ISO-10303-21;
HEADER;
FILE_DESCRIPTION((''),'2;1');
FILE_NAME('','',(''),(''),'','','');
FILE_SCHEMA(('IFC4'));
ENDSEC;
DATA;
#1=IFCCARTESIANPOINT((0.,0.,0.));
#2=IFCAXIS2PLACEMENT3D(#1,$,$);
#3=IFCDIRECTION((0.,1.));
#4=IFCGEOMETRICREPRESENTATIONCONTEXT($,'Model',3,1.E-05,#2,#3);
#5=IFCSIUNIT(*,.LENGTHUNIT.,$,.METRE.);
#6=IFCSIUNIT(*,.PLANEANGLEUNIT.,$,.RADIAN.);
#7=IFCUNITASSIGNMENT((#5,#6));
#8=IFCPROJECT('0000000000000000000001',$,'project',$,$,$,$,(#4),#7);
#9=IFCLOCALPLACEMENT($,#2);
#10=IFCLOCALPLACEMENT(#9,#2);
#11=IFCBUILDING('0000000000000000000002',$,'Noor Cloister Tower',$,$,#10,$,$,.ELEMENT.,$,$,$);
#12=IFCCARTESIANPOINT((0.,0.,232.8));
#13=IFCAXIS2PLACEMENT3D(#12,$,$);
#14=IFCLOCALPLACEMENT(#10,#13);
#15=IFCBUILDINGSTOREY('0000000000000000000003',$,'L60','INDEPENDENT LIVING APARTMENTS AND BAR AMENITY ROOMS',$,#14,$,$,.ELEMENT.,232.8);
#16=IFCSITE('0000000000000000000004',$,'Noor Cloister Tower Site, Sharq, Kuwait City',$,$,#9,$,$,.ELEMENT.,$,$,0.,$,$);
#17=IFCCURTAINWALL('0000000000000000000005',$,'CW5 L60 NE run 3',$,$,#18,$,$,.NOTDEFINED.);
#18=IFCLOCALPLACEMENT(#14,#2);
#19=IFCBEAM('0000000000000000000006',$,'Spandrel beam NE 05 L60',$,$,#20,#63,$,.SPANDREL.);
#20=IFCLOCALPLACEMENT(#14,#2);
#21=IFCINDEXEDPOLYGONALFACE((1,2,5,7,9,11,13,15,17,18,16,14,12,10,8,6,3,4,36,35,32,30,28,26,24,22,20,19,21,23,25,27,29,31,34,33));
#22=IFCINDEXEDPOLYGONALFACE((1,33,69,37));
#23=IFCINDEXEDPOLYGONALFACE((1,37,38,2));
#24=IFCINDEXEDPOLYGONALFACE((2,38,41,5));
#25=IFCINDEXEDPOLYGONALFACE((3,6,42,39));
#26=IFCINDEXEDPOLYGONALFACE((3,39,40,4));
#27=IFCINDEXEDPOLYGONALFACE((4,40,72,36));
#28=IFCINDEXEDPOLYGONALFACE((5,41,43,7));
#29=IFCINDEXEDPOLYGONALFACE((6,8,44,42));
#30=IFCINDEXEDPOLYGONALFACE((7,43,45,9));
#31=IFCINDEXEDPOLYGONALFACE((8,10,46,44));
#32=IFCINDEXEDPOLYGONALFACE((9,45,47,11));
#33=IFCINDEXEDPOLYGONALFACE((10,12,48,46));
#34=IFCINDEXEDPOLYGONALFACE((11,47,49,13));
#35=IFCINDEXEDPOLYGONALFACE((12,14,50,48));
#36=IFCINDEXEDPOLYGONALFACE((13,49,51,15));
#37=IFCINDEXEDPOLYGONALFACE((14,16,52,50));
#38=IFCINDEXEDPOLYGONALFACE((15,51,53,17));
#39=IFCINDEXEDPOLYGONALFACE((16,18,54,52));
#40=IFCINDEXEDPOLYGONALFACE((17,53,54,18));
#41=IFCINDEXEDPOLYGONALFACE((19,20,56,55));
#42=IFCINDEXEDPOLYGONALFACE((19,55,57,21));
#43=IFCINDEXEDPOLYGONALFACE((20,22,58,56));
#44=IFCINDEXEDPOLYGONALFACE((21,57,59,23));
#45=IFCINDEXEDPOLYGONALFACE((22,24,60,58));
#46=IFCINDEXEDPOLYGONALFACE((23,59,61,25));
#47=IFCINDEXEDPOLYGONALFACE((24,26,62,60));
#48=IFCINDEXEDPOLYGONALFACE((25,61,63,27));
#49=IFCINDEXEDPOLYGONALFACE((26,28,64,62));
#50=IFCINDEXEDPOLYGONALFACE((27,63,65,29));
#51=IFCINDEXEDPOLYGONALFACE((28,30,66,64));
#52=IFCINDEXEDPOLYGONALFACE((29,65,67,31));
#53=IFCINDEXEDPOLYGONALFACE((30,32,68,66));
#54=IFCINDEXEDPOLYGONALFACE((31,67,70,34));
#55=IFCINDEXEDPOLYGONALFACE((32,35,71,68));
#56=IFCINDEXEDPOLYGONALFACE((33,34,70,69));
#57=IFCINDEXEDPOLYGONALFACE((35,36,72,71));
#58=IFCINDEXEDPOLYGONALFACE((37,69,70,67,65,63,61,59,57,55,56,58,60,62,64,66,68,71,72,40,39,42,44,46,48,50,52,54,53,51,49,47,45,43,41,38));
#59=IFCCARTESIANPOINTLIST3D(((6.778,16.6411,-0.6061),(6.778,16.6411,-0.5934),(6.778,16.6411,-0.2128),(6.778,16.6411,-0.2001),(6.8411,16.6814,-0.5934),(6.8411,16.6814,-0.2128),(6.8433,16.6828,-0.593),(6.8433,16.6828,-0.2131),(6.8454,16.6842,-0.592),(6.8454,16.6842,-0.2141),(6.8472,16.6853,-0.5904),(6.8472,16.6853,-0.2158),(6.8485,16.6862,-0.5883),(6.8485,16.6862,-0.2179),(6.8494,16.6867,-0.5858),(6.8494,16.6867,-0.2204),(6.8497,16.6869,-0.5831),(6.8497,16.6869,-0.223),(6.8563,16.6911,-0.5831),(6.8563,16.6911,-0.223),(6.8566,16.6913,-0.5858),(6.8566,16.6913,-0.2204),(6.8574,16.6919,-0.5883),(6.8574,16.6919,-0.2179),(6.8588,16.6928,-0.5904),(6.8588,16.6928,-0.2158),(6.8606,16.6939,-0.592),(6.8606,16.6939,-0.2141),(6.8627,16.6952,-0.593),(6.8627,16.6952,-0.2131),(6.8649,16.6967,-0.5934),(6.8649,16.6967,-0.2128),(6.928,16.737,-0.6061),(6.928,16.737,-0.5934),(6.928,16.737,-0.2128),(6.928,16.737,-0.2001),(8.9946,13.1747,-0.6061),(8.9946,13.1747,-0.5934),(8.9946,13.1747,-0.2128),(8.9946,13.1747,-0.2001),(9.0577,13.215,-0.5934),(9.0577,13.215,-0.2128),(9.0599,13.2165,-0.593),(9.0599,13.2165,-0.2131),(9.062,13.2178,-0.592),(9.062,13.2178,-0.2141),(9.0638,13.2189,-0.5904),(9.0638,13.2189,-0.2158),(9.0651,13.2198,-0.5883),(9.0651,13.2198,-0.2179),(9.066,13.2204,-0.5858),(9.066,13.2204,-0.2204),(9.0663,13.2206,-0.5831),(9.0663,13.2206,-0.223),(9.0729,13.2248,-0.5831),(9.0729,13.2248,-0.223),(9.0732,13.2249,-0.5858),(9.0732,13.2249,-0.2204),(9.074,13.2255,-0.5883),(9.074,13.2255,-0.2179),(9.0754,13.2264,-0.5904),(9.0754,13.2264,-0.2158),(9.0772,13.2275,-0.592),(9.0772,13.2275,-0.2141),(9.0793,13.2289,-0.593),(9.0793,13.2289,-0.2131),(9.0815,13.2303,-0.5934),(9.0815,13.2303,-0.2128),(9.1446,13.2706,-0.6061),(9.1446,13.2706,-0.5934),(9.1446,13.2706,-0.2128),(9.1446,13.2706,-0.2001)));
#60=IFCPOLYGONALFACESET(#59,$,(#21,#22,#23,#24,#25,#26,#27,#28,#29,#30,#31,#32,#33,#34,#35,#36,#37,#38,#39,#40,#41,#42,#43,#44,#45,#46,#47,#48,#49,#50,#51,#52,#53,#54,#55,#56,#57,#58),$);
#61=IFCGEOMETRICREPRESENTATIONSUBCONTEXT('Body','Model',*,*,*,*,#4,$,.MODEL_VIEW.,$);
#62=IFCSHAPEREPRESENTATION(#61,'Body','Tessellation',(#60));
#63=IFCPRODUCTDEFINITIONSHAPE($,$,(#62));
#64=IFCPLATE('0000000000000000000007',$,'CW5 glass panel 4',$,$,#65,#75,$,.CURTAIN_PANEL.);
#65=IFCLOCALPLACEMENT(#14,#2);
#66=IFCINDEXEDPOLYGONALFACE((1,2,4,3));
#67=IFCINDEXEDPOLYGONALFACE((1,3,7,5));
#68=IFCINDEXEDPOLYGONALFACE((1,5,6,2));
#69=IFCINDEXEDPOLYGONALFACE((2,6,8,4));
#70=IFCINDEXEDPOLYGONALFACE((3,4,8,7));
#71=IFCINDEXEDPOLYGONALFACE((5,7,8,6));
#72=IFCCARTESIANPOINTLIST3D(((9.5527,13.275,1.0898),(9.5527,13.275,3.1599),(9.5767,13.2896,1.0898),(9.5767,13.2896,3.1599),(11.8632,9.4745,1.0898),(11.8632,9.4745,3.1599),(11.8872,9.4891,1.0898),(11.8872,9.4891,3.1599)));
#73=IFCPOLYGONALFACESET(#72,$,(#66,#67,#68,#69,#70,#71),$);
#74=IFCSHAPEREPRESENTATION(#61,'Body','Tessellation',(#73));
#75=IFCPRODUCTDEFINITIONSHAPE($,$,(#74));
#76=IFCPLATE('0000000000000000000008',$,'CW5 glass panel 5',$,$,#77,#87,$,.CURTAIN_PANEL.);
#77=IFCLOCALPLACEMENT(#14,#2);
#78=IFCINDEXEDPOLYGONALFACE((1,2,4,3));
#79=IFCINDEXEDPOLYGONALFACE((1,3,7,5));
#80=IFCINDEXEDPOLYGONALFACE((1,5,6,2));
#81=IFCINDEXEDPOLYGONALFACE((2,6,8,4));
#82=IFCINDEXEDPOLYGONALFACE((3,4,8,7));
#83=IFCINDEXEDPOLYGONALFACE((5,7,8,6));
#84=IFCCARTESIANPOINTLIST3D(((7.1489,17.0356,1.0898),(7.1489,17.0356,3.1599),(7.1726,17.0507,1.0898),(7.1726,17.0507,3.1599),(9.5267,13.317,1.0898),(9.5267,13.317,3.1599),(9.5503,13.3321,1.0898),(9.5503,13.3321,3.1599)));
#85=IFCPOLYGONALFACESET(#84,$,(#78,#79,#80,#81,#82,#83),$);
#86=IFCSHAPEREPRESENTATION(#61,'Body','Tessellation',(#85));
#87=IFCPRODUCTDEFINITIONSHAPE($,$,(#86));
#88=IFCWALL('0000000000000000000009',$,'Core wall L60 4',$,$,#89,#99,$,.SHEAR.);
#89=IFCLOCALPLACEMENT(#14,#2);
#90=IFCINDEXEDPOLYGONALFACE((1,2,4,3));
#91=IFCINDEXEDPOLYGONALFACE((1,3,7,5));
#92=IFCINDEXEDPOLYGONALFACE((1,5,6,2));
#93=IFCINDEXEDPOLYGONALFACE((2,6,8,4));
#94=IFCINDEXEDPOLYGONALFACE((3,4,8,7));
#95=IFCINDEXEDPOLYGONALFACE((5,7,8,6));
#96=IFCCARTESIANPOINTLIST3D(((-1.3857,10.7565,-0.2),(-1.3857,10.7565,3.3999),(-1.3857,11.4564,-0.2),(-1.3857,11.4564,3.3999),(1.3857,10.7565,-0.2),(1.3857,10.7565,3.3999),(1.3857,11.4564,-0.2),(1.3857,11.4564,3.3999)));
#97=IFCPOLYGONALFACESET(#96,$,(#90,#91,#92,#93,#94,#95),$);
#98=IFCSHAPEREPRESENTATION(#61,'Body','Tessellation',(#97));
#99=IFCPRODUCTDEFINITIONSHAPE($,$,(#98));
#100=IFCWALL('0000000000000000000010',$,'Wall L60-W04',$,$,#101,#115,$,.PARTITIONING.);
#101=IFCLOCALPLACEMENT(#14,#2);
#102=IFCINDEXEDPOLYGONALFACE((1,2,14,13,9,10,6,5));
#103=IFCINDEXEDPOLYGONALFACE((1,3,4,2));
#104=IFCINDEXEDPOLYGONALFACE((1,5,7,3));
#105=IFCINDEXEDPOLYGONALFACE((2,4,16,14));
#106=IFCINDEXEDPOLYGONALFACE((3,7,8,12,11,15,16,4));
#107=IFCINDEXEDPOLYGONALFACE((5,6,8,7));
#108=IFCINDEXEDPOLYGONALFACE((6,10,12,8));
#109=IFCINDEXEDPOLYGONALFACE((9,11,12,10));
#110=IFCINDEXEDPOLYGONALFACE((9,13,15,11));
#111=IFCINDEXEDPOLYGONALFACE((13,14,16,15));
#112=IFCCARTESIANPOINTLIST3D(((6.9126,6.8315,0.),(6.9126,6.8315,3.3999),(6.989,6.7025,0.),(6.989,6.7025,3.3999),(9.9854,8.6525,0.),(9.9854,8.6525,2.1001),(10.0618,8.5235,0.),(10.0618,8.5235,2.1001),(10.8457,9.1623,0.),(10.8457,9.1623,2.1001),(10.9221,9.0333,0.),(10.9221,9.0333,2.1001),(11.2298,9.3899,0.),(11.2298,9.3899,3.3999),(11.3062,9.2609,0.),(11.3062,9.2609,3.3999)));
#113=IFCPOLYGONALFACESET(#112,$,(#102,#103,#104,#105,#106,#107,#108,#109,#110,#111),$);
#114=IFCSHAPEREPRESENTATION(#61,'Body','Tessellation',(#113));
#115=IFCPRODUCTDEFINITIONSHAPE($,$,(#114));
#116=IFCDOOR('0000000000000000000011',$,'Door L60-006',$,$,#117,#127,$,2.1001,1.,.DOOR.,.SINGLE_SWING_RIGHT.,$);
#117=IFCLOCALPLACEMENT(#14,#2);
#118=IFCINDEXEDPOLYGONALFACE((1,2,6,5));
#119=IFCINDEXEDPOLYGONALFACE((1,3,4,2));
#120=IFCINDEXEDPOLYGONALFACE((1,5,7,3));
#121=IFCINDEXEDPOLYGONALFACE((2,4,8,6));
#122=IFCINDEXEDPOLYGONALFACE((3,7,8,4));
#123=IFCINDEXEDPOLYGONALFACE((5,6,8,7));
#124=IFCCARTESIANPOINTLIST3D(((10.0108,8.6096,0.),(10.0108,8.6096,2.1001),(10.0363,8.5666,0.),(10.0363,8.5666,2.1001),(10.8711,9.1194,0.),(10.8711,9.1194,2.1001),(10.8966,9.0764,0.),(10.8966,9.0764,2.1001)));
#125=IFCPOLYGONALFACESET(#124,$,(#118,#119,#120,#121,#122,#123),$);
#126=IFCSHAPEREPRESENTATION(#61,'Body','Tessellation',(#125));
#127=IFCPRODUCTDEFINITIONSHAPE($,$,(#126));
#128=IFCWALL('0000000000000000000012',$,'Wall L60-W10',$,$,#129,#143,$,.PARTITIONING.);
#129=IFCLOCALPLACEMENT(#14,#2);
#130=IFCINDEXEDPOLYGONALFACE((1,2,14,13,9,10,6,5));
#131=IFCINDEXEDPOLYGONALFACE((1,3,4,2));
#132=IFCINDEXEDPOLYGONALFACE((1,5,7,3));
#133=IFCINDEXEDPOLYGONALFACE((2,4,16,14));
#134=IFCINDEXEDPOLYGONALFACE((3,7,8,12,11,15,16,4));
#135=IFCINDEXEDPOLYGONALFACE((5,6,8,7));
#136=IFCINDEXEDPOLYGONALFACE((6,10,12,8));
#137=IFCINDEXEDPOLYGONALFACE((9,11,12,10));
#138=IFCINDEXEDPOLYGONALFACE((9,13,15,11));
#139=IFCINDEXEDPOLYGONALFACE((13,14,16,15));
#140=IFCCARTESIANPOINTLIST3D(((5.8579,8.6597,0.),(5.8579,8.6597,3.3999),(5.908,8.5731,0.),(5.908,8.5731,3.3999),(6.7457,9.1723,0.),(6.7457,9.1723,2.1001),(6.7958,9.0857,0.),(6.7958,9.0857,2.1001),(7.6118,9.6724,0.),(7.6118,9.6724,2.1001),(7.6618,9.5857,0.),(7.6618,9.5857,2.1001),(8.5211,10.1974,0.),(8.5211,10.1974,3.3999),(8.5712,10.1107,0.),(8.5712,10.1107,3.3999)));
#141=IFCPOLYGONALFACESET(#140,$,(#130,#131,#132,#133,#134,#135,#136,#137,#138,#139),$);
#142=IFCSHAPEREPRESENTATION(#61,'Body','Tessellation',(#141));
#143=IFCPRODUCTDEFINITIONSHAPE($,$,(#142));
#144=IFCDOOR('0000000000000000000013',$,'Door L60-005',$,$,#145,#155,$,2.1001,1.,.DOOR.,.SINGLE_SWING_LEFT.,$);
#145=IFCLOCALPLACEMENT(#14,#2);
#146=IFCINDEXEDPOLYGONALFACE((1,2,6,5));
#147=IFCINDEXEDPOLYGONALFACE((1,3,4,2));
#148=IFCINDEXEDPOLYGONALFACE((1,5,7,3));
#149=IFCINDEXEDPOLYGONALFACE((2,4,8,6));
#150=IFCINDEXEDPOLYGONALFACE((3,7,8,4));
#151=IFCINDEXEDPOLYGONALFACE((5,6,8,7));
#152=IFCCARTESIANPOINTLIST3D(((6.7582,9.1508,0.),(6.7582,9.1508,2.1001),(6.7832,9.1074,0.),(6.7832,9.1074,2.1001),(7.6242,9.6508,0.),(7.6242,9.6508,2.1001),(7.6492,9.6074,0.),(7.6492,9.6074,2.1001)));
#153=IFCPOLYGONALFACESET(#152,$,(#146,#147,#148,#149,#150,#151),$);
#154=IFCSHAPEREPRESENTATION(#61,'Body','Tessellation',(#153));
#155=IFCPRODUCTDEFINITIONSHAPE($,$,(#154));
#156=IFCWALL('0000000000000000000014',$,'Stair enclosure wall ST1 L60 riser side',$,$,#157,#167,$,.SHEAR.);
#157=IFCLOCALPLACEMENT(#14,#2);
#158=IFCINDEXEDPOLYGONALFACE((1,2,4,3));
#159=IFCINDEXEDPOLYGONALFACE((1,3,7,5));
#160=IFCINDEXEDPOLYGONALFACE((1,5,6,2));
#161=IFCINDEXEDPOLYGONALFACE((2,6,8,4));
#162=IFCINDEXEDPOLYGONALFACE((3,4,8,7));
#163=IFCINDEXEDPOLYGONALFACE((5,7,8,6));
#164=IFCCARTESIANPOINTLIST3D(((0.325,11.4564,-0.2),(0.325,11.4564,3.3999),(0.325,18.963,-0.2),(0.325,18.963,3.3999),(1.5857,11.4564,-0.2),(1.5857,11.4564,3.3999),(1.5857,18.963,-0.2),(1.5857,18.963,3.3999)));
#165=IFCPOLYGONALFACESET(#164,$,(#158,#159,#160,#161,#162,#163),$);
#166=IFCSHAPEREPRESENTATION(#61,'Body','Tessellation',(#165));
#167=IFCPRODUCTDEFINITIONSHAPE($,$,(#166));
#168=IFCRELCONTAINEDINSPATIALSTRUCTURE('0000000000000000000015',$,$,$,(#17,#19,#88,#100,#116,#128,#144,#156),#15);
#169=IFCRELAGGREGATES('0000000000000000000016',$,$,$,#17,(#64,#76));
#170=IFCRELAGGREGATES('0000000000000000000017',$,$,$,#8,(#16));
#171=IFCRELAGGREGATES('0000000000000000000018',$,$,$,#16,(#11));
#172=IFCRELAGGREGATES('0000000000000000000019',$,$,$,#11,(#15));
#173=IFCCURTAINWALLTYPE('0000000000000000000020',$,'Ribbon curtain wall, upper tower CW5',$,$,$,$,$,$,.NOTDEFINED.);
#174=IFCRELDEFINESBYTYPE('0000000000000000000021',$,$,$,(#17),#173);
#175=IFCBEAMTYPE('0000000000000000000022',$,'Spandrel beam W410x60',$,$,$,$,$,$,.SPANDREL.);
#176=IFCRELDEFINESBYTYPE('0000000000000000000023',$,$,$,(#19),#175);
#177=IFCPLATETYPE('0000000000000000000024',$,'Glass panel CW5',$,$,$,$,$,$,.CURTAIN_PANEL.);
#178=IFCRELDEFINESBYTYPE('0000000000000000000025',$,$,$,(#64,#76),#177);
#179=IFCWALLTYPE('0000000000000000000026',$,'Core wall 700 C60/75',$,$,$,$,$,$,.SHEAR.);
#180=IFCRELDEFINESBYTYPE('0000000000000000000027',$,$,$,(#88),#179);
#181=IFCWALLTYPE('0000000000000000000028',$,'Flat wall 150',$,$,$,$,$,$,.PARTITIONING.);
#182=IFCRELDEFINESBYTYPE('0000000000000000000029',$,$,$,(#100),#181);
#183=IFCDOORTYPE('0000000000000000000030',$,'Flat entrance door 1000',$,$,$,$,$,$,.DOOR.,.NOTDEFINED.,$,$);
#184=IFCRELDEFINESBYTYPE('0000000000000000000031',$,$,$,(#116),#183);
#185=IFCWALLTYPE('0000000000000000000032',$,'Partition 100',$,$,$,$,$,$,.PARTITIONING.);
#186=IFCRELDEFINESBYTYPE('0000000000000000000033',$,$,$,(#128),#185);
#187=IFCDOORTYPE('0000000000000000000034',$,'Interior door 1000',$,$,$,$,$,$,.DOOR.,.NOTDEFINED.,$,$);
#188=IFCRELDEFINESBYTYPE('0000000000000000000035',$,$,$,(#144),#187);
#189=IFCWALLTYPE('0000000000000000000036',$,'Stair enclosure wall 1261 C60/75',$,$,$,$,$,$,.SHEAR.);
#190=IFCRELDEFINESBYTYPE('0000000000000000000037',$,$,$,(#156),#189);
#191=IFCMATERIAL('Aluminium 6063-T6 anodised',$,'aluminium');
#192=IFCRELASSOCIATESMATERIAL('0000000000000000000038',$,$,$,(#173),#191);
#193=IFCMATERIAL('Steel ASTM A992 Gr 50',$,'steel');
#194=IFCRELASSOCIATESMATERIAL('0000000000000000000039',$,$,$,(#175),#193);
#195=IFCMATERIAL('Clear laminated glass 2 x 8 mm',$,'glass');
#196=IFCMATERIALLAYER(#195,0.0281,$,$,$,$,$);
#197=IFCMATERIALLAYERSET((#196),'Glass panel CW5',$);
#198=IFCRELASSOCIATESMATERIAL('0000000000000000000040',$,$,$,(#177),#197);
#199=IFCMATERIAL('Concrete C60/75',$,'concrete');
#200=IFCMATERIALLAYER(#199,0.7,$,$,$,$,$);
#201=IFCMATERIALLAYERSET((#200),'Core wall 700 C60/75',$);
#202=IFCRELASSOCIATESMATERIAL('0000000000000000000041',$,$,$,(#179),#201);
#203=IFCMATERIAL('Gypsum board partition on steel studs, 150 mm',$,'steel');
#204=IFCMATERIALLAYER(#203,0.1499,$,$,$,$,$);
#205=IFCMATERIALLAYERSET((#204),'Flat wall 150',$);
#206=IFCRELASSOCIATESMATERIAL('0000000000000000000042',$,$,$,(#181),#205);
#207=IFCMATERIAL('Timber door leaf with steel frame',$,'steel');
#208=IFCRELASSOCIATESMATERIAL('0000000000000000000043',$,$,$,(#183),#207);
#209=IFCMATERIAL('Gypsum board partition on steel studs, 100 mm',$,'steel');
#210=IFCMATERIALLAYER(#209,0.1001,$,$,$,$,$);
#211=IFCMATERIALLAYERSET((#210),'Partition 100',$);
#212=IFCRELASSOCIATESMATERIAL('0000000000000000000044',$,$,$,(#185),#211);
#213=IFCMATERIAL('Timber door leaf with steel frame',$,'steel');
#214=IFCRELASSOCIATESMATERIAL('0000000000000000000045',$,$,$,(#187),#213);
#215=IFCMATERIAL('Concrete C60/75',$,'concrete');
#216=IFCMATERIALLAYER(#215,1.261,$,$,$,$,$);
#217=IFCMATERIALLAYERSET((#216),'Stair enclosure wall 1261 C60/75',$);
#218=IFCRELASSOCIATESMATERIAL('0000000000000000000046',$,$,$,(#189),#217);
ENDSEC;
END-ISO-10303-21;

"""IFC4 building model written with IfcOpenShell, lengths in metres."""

from ifc_helpers import new_model, si_unit, direction, frame, frame_2d, origin, origin_2d, place, context, subcontext, project, spatial, rectangle, i_section, extrude, material, layer, layer_set, material_profile, profile_set, type_object, element, fill, aggregate, save


model = new_model("IFC4")

# Units and contexts
model_context = context("Model", 3, precision=1e-05, world=origin(), true_north=direction((0.0, 1.0)))
body_context = subcontext(model_context, "Body", "Model", "MODEL_VIEW")
ifc_project = project(units=[si_unit("LENGTHUNIT", "METRE"), si_unit("PLANEANGLEUNIT", "RADIAN")], contexts=[model_context])

# Site, building, storey
site_placement = place(None, origin())
site = spatial("IfcSite", under=ifc_project, at=site_placement, Name="Noor Cloister Tower Site, Sharq, Kuwait City", CompositionType="ELEMENT", RefElevation=0.0)
building_placement = place(site_placement, origin())
building = spatial("IfcBuilding", under=site, at=building_placement, Name="Noor Cloister Tower", CompositionType="ELEMENT")
storey_placement = place(building_placement, frame((0.0, 0.0, 232.8)))
storey = spatial("IfcBuildingStorey", under=building, at=storey_placement, Name="L60", Description="INDEPENDENT LIVING APARTMENTS AND BAR AMENITY ROOMS", CompositionType="ELEMENT", Elevation=232.8)

# Curtain wall
ifc_material_1 = material(Name="Aluminium 6063-T6 anodised", Category="aluminium")
curtain_wall_type = type_object("IfcCurtainWallType", Name="Ribbon curtain wall, upper tower CW5", PredefinedType="NOTDEFINED", material=ifc_material_1)
curtain_wall_placement = place(storey_placement, origin())
curtain_wall = element("IfcCurtainWall", 1, at=curtain_wall_placement, inside=storey, type_object=curtain_wall_type, Name="CW5 L60 NE run 3", PredefinedType="NOTDEFINED")

# Beam
ifc_material_2 = material(Name="Steel ASTM A992 Gr 50", Category="steel")
ifc_material_profile_1 = material_profile(ifc_material_2, i_section(OverallWidth=0.178, OverallDepth=0.406, WebThickness=0.0078, FlangeThickness=0.0127, FilletRadius=0.0103, at=origin_2d()), Name="W410x60")
ifc_profile_set_1 = profile_set([ifc_material_profile_1], Name="Steel ASTM A992 Gr 50")
beam_type_1 = type_object("IfcBeamType", Name="Spandrel beam W410x60", PredefinedType="SPANDREL", material=ifc_profile_set_1)
for number, where, z_axis, x_axis, name in (
    (2, (9.0696, 13.2227, -0.4031), (-0.538729, 0.842479, 0.0), (-0.842479, -0.538729, 0.0), "Spandrel beam NE 05 L60"),
):
    element("IfcBeam", number, at=place(storey_placement, frame(where, z_axis=z_axis, x_axis=x_axis)), inside=storey, type_object=beam_type_1, Name=name, PredefinedType="SPANDREL", context=body_context, shape_type="SweptSolid", body=[
        extrude(i_section(OverallWidth=0.178, OverallDepth=0.406, WebThickness=0.0078, FlangeThickness=0.0127, FilletRadius=0.0103, at=origin_2d()), origin(), (0.0, 0.0, 1.0), 4.1145),
    ])

# Plates
ifc_material_3 = material(Name="Clear laminated glass 2 x 8 mm", Category="glass")
ifc_layer_1 = layer(ifc_material_3, 0.0281)
ifc_layer_set_1 = layer_set([ifc_layer_1], Name="Glass panel CW5")
plate_type = type_object("IfcPlateType", Name="Glass panel CW5", PredefinedType="CURTAIN_PANEL", material=ifc_layer_set_1)
plate_1_placement = place(storey_placement, frame((10.72, 11.3821, 1.0898), z_axis=(0.0, 0.0, 1.0), x_axis=(-0.519486, 0.854479, 0.0)))
plate_1 = element("IfcPlate", 3, at=plate_1_placement, type_object=plate_type, Name="CW5 glass panel 4", PredefinedType="CURTAIN_PANEL", context=body_context, shape_type="SweptSolid", body=[
    extrude(rectangle(XDim=4.4478, YDim=0.0281, at=origin_2d()), origin(), (0.0, 0.0, 1.0), 2.0701),
])
plate_2_placement = place(storey_placement, frame((8.3496, 15.1838, 1.0898), z_axis=(0.0, 0.0, 1.0), x_axis=(-0.538705, 0.842494, 0.0)))
plate_2 = element("IfcPlate", 4, at=plate_2_placement, type_object=plate_type, Name="CW5 glass panel 5", PredefinedType="CURTAIN_PANEL", context=body_context, shape_type="SweptSolid", body=[
    extrude(rectangle(XDim=4.4138, YDim=0.0281, at=origin_2d()), origin(), (0.0, 0.0, 1.0), 2.0701),
])
aggregate(curtain_wall, [plate_1, plate_2])

# Wall
ifc_material_4 = material(Name="Concrete C60/75", Category="concrete")
ifc_layer_2 = layer(ifc_material_4, 0.7)
ifc_layer_set_2 = layer_set([ifc_layer_2], Name="Core wall 700 C60/75")
wall_type_1 = type_object("IfcWallType", Name="Core wall 700 C60/75", PredefinedType="SHEAR", material=ifc_layer_set_2)
wall_1_placement = place(storey_placement, frame((1.3857, 11.1064, -0.2), z_axis=(0.0, 0.0, 1.0), x_axis=(-1.0, 0.0, 0.0)))
element("IfcWall", 5, at=wall_1_placement, inside=storey, type_object=wall_type_1, Name="Core wall L60 4", PredefinedType="SHEAR", context=body_context, shape_type="SweptSolid", body=[
    extrude(rectangle(XDim=2.7715, YDim=0.7, at=frame_2d((1.3857, 0.0))), origin(), (0.0, 0.0, 1.0), 3.5999),
])

# Walls, openings, doors
ifc_material_5 = material(Name="Gypsum board partition on steel studs, 150 mm", Category="steel")
ifc_layer_3 = layer(ifc_material_5, 0.1499)
ifc_layer_set_3 = layer_set([ifc_layer_3], Name="Flat wall 150")
wall_type_2 = type_object("IfcWallType", Name="Flat wall 150", PredefinedType="PARTITIONING", material=ifc_layer_set_3)
wall_2_placement = place(storey_placement, frame((11.2681, 9.3254, 0.0), z_axis=(0.0, 0.0, 1.0), x_axis=(-0.860288, -0.509809, 0.0)))
wall_2 = element("IfcWall", 6, at=wall_2_placement, inside=storey, type_object=wall_type_2, Name="Wall L60-W04", PredefinedType="PARTITIONING", context=body_context, shape_type="SweptSolid", body=[
    extrude(rectangle(XDim=5.0183, YDim=0.1499, at=frame_2d((2.5093, 0.0))), origin(), (0.0, 0.0, 1.0), 3.3999),
])
opening_1_placement = place(wall_2_placement, frame((0.4465, 0.0, 0.0)))
opening_1 = element("IfcOpeningElement", 7, at=opening_1_placement, cuts=wall_2, PredefinedType="OPENING", context=body_context, shape_type="SweptSolid", body=[
    extrude(rectangle(XDim=1.0, YDim=2.1001, at=frame_2d((0.5, 1.05))), frame((0.0, 0.085, 0.0), z_axis=(0.0, -1.0, 0.0), x_axis=(1.0, 0.0, 0.0)), (0.0, 0.0, 1.0), 0.1699),
])
ifc_material_6 = material(Name="Timber door leaf with steel frame", Category="steel")
door_type_1 = type_object("IfcDoorType", Name="Flat entrance door 1000", OperationType="NOTDEFINED", PredefinedType="DOOR", material=ifc_material_6)
door_1_placement = place(opening_1_placement, origin())
door_1 = element("IfcDoor", 8, at=door_1_placement, inside=storey, type_object=door_type_1, Name="Door L60-006", OperationType="SINGLE_SWING_RIGHT", OverallHeight=2.1001, OverallWidth=1.0, PredefinedType="DOOR", context=body_context, shape_type="SweptSolid", body=[
    extrude(rectangle(XDim=1.0, YDim=2.1001, at=frame_2d((0.5, 1.05))), frame((0.0, 0.0249, 0.0), z_axis=(0.0, -1.0, 0.0), x_axis=(1.0, 0.0, 0.0)), (0.0, 0.0, 1.0), 0.05),
])
fill(opening_1, door_1)
ifc_material_7 = material(Name="Gypsum board partition on steel studs, 100 mm", Category="steel")
ifc_layer_4 = layer(ifc_material_7, 0.1001)
ifc_layer_set_4 = layer_set([ifc_layer_4], Name="Partition 100")
wall_type_3 = type_object("IfcWallType", Name="Partition 100", PredefinedType="PARTITIONING", material=ifc_layer_set_4)
wall_3_placement = place(storey_placement, frame((8.5461, 10.1541, 0.0), z_axis=(0.0, 0.0, 1.0), x_axis=(-0.866016, -0.500016, 0.0)))
wall_3 = element("IfcWall", 9, at=wall_3_placement, inside=storey, type_object=wall_type_3, Name="Wall L60-W10", PredefinedType="PARTITIONING", context=body_context, shape_type="SweptSolid", body=[
    extrude(rectangle(XDim=3.0752, YDim=0.1001, at=frame_2d((1.5376, 0.0))), origin(), (0.0, 0.0, 1.0), 3.3999),
])
opening_2_placement = place(wall_3_placement, frame((1.05, 0.0, 0.0)))
opening_2 = element("IfcOpeningElement", 10, at=opening_2_placement, cuts=wall_3, PredefinedType="OPENING", context=body_context, shape_type="SweptSolid", body=[
    extrude(rectangle(XDim=1.0, YDim=2.1001, at=frame_2d((0.5, 1.05))), frame((0.0, 0.0601, 0.0), z_axis=(0.0, -1.0, 0.0), x_axis=(1.0, 0.0, 0.0)), (0.0, 0.0, 1.0), 0.1201),
])
ifc_material_8 = material(Name="Timber door leaf with steel frame", Category="steel")
door_type_2 = type_object("IfcDoorType", Name="Interior door 1000", OperationType="NOTDEFINED", PredefinedType="DOOR", material=ifc_material_8)
door_2_placement = place(opening_2_placement, origin())
door_2 = element("IfcDoor", 11, at=door_2_placement, inside=storey, type_object=door_type_2, Name="Door L60-005", OperationType="SINGLE_SWING_LEFT", OverallHeight=2.1001, OverallWidth=1.0, PredefinedType="DOOR", context=body_context, shape_type="SweptSolid", body=[
    extrude(rectangle(XDim=1.0, YDim=2.1001, at=frame_2d((0.5, 1.05))), frame((0.0, 0.0249, 0.0), z_axis=(0.0, -1.0, 0.0), x_axis=(1.0, 0.0, 0.0)), (0.0, 0.0, 1.0), 0.05),
])
fill(opening_2, door_2)

# Wall
ifc_material_9 = material(Name="Concrete C60/75", Category="concrete")
ifc_layer_5 = layer(ifc_material_9, 1.261)
ifc_layer_set_5 = layer_set([ifc_layer_5], Name="Stair enclosure wall 1261 C60/75")
wall_type_4 = type_object("IfcWallType", Name="Stair enclosure wall 1261 C60/75", PredefinedType="SHEAR", material=ifc_layer_set_5)
wall_4_placement = place(storey_placement, frame((0.9553, 11.4563, -0.2), z_axis=(0.0, 0.0, 1.0), x_axis=(0.0, 1.0, 0.0)))
element("IfcWall", 12, at=wall_4_placement, inside=storey, type_object=wall_type_4, Name="Stair enclosure wall ST1 L60 riser side", PredefinedType="SHEAR", context=body_context, shape_type="SweptSolid", body=[
    extrude(rectangle(XDim=7.5066, YDim=1.2607, at=frame_2d((3.7534, 0.0))), origin(), (0.0, 0.0, 1.0), 3.5999),
])

save(model, "model.ifc")
